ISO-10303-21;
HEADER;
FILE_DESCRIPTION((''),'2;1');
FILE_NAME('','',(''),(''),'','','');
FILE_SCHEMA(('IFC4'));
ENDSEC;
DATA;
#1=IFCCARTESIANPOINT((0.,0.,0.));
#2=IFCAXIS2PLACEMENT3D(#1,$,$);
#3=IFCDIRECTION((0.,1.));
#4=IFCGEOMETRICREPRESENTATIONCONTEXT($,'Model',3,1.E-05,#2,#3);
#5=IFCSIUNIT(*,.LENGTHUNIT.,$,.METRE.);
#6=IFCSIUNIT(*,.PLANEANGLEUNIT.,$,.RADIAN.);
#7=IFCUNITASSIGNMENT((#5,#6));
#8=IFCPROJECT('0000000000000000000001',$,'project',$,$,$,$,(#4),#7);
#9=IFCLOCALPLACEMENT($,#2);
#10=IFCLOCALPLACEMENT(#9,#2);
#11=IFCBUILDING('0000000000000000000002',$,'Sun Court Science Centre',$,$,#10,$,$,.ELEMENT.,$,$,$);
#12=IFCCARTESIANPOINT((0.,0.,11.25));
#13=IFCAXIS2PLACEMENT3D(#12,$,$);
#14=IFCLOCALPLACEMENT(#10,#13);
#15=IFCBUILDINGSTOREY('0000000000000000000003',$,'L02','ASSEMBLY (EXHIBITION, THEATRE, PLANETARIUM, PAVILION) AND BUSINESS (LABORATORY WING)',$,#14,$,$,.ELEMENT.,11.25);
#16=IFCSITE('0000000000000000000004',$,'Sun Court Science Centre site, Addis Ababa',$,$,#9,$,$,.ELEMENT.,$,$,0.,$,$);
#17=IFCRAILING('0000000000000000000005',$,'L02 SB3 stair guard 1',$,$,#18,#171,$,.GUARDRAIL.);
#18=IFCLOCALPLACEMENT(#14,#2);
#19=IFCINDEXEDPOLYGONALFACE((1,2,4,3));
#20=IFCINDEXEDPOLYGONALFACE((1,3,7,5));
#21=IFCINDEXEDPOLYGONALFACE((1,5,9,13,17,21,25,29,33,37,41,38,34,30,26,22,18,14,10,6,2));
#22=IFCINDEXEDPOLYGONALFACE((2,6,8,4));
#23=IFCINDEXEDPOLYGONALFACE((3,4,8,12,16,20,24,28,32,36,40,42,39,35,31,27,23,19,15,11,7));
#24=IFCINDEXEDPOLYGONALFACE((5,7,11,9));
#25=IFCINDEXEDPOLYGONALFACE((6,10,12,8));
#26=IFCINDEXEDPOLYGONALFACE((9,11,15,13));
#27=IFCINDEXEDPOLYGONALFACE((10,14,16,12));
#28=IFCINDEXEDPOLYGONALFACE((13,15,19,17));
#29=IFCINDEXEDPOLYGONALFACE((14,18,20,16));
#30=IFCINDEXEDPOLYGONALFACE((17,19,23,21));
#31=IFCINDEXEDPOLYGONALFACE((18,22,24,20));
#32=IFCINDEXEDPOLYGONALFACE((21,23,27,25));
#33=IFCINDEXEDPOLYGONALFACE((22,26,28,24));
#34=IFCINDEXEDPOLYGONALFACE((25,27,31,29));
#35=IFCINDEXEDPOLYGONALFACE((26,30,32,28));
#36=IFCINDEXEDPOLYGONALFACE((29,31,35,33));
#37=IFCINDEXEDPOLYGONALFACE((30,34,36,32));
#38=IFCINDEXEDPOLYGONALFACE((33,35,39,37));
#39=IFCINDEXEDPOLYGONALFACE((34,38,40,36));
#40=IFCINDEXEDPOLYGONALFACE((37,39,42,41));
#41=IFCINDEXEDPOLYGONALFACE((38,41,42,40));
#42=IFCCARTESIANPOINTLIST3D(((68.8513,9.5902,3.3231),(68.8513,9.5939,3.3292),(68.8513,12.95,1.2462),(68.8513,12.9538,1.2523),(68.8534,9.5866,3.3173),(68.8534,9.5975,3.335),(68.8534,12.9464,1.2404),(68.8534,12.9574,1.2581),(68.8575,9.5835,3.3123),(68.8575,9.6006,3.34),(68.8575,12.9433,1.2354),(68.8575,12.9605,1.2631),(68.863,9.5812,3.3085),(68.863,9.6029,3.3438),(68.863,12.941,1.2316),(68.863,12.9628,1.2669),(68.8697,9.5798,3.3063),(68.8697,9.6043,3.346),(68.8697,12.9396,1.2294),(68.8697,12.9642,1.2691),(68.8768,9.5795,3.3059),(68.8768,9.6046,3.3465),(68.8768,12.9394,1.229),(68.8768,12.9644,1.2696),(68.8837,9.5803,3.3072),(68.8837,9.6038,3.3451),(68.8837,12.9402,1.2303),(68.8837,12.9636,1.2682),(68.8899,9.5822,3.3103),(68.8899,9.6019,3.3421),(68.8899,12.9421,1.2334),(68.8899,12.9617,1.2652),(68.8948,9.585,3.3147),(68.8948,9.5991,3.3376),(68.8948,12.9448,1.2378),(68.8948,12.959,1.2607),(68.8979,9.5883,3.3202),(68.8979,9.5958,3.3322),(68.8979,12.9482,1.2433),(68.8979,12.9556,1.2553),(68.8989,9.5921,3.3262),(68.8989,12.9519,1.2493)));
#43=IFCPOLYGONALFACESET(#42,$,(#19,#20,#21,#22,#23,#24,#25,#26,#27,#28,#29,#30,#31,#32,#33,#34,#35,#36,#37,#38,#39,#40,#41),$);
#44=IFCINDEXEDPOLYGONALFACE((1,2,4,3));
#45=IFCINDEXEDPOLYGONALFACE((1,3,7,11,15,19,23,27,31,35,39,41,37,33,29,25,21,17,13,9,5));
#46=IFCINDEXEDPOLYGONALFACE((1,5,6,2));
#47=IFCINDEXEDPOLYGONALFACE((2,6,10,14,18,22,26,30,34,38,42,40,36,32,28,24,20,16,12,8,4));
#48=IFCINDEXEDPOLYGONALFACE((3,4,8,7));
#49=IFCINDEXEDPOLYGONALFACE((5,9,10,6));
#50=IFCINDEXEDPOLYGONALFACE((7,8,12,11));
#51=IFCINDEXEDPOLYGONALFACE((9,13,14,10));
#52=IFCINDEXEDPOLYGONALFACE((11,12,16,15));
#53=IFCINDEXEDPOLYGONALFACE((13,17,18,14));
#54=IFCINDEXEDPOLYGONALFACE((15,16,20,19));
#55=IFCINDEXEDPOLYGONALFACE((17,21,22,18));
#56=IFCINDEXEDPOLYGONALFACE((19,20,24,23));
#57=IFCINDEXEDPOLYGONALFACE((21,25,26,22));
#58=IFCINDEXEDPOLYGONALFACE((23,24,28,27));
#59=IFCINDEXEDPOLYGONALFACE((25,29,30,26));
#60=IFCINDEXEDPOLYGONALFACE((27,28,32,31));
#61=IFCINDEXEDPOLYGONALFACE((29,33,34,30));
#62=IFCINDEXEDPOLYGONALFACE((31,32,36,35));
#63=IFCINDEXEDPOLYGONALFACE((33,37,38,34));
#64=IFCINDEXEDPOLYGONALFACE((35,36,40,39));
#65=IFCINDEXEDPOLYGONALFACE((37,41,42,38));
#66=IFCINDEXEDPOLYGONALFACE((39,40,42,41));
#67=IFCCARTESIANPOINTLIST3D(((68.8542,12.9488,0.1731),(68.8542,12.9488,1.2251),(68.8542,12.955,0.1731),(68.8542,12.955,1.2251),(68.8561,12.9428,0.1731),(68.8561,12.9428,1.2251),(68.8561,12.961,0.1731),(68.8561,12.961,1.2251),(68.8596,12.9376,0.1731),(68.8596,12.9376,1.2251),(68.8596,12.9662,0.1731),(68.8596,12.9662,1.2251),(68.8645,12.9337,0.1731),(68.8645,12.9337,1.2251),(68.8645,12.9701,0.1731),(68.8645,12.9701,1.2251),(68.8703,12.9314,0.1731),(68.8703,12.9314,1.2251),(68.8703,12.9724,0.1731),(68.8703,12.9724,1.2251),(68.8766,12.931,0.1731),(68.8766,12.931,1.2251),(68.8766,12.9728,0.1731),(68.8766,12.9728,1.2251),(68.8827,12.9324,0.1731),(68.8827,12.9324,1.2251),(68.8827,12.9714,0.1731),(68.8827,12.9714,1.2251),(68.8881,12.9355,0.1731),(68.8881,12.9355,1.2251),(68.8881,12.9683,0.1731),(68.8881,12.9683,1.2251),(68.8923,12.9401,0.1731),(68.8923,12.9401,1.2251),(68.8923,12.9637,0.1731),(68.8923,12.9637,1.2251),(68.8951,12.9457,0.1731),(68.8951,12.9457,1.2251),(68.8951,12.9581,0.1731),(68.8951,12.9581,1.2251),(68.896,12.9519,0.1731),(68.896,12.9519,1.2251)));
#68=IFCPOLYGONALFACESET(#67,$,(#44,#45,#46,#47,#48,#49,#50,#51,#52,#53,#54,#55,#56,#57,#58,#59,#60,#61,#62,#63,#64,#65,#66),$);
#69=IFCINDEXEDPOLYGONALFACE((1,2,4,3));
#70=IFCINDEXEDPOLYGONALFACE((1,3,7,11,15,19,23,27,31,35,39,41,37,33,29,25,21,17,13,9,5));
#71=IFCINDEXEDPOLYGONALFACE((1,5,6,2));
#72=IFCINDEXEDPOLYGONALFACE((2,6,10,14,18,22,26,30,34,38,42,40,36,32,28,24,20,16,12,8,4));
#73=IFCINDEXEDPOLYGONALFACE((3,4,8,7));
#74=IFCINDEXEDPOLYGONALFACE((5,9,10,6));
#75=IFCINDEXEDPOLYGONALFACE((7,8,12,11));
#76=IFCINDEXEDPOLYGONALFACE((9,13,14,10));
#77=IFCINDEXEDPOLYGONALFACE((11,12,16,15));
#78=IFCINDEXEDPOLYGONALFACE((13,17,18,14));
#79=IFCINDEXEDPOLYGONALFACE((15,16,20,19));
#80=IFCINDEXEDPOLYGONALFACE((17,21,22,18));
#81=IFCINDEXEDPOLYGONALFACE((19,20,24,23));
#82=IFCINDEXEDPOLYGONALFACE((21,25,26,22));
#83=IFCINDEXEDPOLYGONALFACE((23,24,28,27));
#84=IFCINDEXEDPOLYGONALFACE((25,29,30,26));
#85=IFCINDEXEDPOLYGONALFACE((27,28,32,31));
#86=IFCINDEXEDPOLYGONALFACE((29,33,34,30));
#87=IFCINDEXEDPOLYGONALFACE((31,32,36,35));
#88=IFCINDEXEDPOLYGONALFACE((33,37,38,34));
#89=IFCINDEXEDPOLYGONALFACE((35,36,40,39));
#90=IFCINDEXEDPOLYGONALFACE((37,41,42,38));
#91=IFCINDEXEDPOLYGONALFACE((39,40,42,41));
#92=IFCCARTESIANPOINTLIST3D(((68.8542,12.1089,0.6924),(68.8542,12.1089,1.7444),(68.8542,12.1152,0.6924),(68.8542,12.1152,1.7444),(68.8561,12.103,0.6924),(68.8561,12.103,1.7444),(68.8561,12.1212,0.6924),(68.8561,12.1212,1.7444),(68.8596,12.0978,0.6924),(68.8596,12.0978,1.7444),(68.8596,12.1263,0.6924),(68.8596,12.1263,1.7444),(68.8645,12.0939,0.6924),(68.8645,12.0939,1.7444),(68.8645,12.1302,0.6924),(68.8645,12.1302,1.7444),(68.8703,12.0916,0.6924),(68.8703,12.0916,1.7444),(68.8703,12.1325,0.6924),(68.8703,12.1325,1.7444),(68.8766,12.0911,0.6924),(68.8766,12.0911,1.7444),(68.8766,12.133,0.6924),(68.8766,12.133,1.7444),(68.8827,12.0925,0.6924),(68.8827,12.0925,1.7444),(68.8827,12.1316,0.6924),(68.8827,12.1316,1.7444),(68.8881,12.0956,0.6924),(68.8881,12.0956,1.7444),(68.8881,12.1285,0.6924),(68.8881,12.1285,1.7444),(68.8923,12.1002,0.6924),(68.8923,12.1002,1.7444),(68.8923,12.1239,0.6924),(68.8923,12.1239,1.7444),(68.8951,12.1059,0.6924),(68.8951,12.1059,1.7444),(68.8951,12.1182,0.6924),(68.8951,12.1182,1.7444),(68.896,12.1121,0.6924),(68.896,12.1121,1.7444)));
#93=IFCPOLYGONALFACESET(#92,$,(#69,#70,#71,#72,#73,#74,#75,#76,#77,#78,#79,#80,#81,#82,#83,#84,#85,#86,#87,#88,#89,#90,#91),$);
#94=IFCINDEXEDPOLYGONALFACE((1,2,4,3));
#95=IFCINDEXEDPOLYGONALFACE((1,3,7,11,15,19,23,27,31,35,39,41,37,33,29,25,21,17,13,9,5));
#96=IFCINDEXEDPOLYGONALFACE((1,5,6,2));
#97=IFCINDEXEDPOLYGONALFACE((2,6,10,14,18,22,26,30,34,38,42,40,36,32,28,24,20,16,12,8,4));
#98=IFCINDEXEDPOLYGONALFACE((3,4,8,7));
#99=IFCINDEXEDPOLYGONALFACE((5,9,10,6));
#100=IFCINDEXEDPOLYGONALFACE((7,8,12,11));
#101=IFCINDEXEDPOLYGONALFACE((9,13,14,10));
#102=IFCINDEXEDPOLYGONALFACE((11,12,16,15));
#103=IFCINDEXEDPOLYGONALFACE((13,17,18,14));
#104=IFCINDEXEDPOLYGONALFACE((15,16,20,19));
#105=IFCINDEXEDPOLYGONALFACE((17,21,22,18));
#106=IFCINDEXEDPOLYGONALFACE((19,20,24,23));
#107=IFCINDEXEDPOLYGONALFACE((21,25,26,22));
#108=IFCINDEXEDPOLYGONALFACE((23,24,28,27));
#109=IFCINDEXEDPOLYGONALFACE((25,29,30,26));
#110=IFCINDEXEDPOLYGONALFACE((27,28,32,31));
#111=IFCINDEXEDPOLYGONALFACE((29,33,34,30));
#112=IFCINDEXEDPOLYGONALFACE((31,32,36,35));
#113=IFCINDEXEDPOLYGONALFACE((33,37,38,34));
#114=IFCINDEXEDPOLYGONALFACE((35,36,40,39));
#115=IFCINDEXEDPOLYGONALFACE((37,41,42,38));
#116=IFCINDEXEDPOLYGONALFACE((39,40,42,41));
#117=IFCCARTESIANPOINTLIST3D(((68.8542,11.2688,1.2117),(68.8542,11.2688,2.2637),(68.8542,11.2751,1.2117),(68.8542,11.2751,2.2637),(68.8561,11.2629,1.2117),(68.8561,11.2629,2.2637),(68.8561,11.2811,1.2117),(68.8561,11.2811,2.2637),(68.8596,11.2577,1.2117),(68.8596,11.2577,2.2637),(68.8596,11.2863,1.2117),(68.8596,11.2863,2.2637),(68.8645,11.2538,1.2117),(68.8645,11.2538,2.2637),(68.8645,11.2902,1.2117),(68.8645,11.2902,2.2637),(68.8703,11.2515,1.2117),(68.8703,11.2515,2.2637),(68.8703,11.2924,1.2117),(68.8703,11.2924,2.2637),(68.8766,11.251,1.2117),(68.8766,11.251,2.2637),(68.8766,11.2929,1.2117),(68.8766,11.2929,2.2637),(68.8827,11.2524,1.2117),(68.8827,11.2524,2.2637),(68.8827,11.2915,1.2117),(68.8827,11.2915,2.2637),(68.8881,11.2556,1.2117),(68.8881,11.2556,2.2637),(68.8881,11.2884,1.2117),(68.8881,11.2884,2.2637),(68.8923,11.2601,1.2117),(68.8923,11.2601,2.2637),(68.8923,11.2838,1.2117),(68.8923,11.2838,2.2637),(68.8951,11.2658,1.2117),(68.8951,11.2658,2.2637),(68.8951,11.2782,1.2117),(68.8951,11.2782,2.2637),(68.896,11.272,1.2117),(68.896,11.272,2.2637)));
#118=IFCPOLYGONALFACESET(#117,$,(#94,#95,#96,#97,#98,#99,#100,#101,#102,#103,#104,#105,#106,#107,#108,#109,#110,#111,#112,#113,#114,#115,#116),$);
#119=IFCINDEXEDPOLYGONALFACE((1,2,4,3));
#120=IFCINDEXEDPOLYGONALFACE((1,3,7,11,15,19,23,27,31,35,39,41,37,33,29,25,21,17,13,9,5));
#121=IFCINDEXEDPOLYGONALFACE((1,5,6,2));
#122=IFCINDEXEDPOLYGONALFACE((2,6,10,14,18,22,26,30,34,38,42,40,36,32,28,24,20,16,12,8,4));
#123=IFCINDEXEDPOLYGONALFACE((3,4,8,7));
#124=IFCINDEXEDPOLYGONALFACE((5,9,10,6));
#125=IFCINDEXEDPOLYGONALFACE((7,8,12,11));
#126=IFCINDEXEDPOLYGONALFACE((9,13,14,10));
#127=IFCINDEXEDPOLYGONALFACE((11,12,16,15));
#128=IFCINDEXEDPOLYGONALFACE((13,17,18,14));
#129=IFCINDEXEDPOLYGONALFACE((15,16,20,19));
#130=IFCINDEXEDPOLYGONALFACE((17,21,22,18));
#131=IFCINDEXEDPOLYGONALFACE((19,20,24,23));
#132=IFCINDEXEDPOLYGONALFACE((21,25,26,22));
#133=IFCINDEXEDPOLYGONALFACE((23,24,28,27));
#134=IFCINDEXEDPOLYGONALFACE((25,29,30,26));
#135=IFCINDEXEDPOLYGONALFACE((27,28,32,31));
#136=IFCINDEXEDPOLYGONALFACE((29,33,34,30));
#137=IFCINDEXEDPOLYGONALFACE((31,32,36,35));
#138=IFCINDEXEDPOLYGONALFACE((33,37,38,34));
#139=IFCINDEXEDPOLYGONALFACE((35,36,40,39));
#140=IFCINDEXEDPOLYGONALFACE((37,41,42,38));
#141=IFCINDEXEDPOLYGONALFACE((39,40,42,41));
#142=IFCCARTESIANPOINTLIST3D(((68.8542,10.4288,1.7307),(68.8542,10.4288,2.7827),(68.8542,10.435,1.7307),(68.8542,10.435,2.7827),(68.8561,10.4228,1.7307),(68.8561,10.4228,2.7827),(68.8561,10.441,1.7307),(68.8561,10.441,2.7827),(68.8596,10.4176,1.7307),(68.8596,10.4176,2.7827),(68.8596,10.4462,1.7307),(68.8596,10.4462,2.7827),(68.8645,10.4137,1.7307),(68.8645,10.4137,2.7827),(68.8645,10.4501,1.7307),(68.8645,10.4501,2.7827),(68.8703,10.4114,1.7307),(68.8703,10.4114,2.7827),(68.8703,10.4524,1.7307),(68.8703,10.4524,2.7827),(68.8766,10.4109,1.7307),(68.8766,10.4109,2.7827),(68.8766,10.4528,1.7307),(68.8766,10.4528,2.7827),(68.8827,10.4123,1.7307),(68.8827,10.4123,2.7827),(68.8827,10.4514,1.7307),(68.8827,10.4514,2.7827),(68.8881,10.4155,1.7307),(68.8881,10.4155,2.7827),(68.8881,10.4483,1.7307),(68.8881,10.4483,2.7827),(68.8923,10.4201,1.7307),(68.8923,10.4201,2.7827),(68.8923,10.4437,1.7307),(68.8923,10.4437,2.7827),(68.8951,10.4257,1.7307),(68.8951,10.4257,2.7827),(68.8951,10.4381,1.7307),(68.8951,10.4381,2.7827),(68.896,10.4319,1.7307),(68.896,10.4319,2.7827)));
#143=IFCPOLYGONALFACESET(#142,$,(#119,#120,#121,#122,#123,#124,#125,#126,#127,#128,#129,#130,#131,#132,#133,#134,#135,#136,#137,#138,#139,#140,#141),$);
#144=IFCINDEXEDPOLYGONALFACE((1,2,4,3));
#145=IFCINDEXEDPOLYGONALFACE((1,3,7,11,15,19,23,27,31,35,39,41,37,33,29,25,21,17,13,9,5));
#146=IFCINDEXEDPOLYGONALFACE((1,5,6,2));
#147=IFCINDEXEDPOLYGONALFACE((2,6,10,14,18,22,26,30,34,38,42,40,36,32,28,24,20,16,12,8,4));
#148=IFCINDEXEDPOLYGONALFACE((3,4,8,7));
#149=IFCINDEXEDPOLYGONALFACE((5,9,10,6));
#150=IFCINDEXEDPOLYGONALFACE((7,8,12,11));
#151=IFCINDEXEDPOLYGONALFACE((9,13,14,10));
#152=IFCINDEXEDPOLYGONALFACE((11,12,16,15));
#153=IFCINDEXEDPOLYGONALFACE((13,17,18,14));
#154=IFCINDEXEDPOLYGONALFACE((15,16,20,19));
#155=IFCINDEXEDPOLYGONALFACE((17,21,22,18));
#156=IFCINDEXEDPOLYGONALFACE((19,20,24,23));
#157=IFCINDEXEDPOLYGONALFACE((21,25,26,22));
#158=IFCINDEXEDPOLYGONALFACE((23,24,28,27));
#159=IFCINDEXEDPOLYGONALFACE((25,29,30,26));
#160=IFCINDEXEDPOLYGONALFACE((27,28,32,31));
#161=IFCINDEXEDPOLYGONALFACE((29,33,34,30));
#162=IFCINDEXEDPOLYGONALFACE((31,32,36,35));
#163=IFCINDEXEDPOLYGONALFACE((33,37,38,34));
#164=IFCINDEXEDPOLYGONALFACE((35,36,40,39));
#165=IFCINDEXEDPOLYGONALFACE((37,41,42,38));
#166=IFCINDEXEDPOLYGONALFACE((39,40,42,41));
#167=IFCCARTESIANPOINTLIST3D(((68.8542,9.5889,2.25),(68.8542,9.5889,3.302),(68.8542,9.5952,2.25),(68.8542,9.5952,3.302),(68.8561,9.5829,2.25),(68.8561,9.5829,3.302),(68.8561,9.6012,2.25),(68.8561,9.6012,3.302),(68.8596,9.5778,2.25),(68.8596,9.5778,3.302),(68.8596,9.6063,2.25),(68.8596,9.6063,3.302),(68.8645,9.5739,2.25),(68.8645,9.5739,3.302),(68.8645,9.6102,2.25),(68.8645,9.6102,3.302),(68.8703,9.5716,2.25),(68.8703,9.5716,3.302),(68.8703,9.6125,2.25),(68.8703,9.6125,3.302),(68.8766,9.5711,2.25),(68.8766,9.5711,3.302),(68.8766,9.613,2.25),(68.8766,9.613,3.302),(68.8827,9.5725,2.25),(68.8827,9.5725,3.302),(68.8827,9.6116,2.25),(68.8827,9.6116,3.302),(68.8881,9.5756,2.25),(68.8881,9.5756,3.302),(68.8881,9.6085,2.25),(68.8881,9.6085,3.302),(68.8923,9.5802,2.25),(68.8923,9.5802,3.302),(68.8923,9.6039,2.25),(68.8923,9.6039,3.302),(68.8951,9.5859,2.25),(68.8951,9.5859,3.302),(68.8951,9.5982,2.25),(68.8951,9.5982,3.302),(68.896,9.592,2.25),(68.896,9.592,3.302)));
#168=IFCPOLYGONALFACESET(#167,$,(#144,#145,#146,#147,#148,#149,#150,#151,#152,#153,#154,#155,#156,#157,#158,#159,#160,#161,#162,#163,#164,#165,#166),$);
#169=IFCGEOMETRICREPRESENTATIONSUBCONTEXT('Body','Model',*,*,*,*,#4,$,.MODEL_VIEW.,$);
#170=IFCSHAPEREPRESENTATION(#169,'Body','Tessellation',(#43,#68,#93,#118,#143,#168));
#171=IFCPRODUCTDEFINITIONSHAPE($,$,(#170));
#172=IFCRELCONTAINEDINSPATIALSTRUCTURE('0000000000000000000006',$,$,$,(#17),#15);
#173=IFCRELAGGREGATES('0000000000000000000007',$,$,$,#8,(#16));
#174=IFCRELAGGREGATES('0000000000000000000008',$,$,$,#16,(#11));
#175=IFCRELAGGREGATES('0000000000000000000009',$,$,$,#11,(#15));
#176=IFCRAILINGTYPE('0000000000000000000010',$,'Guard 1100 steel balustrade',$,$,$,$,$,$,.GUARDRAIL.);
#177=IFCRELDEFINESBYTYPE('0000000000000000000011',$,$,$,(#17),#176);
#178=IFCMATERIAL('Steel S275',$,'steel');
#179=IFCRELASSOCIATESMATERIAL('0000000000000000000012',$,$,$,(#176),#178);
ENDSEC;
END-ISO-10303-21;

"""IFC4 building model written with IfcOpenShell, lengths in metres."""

from ifc_helpers import new_model, si_unit, direction, frame, origin, origin_2d, place, context, subcontext, project, spatial, circle, extrude, material, type_object, element, save


model = new_model("IFC4")

# Units and contexts
model_context = context("Model", 3, precision=1e-05, world=origin(), true_north=direction((0.0, 1.0)))
body_context = subcontext(model_context, "Body", "Model", "MODEL_VIEW")
ifc_project = project(units=[si_unit("LENGTHUNIT", "METRE"), si_unit("PLANEANGLEUNIT", "RADIAN")], contexts=[model_context])

# Site, building, storey
site_placement = place(None, origin())
site = spatial("IfcSite", under=ifc_project, at=site_placement, Name="Sun Court Science Centre site, Addis Ababa", CompositionType="ELEMENT", RefElevation=0.0)
building_placement = place(site_placement, origin())
building = spatial("IfcBuilding", under=site, at=building_placement, Name="Sun Court Science Centre", CompositionType="ELEMENT")
storey_placement = place(building_placement, frame((0.0, 0.0, 11.25)))
storey = spatial("IfcBuildingStorey", under=building, at=storey_placement, Name="L02", Description="ASSEMBLY (EXHIBITION, THEATRE, PLANETARIUM, PAVILION) AND BUSINESS (LABORATORY WING)", CompositionType="ELEMENT", Elevation=11.25)

# Railing
ifc_material_1 = material(Name="Steel S275", Category="steel")
railing_type_1 = type_object("IfcRailingType", Name="Guard 1100 steel balustrade", PredefinedType="GUARDRAIL", material=ifc_material_1)
railing_1_placement = place(storey_placement, frame((68.875, 12.9519, 0.1731)))
element("IfcRailing", 1, at=railing_1_placement, inside=storey, type_object=railing_type_1, Name="L02 SB3 stair guard 1", PredefinedType="GUARDRAIL", context=body_context, shape_type="SweptSolid", body=[
    extrude(circle(Radius=0.0239, at=origin_2d()), frame((0.0, 0.0, 1.0762), z_axis=(0.0, -0.850606, 0.525803), x_axis=(1.0, 0.0, 0.0)), (0.0, 0.0, 1.0), 3.95),
    extrude(circle(Radius=0.021, at=origin_2d()), origin(), (0.0, 0.0, 1.0), 1.052),
    extrude(circle(Radius=0.021, at=origin_2d()), frame((0.0, -0.8398, 0.5193)), (0.0, 0.0, 1.0), 1.052),
    extrude(circle(Radius=0.021, at=origin_2d()), frame((0.0, -1.6799, 1.0386)), (0.0, 0.0, 1.0), 1.052),
    extrude(circle(Radius=0.021, at=origin_2d()), frame((0.0, -2.52, 1.5576)), (0.0, 0.0, 1.0), 1.052),
    extrude(circle(Radius=0.021, at=origin_2d()), frame((0.0, -3.3599, 2.0769)), (0.0, 0.0, 1.0), 1.052),
])

save(model, "model.ifc")
